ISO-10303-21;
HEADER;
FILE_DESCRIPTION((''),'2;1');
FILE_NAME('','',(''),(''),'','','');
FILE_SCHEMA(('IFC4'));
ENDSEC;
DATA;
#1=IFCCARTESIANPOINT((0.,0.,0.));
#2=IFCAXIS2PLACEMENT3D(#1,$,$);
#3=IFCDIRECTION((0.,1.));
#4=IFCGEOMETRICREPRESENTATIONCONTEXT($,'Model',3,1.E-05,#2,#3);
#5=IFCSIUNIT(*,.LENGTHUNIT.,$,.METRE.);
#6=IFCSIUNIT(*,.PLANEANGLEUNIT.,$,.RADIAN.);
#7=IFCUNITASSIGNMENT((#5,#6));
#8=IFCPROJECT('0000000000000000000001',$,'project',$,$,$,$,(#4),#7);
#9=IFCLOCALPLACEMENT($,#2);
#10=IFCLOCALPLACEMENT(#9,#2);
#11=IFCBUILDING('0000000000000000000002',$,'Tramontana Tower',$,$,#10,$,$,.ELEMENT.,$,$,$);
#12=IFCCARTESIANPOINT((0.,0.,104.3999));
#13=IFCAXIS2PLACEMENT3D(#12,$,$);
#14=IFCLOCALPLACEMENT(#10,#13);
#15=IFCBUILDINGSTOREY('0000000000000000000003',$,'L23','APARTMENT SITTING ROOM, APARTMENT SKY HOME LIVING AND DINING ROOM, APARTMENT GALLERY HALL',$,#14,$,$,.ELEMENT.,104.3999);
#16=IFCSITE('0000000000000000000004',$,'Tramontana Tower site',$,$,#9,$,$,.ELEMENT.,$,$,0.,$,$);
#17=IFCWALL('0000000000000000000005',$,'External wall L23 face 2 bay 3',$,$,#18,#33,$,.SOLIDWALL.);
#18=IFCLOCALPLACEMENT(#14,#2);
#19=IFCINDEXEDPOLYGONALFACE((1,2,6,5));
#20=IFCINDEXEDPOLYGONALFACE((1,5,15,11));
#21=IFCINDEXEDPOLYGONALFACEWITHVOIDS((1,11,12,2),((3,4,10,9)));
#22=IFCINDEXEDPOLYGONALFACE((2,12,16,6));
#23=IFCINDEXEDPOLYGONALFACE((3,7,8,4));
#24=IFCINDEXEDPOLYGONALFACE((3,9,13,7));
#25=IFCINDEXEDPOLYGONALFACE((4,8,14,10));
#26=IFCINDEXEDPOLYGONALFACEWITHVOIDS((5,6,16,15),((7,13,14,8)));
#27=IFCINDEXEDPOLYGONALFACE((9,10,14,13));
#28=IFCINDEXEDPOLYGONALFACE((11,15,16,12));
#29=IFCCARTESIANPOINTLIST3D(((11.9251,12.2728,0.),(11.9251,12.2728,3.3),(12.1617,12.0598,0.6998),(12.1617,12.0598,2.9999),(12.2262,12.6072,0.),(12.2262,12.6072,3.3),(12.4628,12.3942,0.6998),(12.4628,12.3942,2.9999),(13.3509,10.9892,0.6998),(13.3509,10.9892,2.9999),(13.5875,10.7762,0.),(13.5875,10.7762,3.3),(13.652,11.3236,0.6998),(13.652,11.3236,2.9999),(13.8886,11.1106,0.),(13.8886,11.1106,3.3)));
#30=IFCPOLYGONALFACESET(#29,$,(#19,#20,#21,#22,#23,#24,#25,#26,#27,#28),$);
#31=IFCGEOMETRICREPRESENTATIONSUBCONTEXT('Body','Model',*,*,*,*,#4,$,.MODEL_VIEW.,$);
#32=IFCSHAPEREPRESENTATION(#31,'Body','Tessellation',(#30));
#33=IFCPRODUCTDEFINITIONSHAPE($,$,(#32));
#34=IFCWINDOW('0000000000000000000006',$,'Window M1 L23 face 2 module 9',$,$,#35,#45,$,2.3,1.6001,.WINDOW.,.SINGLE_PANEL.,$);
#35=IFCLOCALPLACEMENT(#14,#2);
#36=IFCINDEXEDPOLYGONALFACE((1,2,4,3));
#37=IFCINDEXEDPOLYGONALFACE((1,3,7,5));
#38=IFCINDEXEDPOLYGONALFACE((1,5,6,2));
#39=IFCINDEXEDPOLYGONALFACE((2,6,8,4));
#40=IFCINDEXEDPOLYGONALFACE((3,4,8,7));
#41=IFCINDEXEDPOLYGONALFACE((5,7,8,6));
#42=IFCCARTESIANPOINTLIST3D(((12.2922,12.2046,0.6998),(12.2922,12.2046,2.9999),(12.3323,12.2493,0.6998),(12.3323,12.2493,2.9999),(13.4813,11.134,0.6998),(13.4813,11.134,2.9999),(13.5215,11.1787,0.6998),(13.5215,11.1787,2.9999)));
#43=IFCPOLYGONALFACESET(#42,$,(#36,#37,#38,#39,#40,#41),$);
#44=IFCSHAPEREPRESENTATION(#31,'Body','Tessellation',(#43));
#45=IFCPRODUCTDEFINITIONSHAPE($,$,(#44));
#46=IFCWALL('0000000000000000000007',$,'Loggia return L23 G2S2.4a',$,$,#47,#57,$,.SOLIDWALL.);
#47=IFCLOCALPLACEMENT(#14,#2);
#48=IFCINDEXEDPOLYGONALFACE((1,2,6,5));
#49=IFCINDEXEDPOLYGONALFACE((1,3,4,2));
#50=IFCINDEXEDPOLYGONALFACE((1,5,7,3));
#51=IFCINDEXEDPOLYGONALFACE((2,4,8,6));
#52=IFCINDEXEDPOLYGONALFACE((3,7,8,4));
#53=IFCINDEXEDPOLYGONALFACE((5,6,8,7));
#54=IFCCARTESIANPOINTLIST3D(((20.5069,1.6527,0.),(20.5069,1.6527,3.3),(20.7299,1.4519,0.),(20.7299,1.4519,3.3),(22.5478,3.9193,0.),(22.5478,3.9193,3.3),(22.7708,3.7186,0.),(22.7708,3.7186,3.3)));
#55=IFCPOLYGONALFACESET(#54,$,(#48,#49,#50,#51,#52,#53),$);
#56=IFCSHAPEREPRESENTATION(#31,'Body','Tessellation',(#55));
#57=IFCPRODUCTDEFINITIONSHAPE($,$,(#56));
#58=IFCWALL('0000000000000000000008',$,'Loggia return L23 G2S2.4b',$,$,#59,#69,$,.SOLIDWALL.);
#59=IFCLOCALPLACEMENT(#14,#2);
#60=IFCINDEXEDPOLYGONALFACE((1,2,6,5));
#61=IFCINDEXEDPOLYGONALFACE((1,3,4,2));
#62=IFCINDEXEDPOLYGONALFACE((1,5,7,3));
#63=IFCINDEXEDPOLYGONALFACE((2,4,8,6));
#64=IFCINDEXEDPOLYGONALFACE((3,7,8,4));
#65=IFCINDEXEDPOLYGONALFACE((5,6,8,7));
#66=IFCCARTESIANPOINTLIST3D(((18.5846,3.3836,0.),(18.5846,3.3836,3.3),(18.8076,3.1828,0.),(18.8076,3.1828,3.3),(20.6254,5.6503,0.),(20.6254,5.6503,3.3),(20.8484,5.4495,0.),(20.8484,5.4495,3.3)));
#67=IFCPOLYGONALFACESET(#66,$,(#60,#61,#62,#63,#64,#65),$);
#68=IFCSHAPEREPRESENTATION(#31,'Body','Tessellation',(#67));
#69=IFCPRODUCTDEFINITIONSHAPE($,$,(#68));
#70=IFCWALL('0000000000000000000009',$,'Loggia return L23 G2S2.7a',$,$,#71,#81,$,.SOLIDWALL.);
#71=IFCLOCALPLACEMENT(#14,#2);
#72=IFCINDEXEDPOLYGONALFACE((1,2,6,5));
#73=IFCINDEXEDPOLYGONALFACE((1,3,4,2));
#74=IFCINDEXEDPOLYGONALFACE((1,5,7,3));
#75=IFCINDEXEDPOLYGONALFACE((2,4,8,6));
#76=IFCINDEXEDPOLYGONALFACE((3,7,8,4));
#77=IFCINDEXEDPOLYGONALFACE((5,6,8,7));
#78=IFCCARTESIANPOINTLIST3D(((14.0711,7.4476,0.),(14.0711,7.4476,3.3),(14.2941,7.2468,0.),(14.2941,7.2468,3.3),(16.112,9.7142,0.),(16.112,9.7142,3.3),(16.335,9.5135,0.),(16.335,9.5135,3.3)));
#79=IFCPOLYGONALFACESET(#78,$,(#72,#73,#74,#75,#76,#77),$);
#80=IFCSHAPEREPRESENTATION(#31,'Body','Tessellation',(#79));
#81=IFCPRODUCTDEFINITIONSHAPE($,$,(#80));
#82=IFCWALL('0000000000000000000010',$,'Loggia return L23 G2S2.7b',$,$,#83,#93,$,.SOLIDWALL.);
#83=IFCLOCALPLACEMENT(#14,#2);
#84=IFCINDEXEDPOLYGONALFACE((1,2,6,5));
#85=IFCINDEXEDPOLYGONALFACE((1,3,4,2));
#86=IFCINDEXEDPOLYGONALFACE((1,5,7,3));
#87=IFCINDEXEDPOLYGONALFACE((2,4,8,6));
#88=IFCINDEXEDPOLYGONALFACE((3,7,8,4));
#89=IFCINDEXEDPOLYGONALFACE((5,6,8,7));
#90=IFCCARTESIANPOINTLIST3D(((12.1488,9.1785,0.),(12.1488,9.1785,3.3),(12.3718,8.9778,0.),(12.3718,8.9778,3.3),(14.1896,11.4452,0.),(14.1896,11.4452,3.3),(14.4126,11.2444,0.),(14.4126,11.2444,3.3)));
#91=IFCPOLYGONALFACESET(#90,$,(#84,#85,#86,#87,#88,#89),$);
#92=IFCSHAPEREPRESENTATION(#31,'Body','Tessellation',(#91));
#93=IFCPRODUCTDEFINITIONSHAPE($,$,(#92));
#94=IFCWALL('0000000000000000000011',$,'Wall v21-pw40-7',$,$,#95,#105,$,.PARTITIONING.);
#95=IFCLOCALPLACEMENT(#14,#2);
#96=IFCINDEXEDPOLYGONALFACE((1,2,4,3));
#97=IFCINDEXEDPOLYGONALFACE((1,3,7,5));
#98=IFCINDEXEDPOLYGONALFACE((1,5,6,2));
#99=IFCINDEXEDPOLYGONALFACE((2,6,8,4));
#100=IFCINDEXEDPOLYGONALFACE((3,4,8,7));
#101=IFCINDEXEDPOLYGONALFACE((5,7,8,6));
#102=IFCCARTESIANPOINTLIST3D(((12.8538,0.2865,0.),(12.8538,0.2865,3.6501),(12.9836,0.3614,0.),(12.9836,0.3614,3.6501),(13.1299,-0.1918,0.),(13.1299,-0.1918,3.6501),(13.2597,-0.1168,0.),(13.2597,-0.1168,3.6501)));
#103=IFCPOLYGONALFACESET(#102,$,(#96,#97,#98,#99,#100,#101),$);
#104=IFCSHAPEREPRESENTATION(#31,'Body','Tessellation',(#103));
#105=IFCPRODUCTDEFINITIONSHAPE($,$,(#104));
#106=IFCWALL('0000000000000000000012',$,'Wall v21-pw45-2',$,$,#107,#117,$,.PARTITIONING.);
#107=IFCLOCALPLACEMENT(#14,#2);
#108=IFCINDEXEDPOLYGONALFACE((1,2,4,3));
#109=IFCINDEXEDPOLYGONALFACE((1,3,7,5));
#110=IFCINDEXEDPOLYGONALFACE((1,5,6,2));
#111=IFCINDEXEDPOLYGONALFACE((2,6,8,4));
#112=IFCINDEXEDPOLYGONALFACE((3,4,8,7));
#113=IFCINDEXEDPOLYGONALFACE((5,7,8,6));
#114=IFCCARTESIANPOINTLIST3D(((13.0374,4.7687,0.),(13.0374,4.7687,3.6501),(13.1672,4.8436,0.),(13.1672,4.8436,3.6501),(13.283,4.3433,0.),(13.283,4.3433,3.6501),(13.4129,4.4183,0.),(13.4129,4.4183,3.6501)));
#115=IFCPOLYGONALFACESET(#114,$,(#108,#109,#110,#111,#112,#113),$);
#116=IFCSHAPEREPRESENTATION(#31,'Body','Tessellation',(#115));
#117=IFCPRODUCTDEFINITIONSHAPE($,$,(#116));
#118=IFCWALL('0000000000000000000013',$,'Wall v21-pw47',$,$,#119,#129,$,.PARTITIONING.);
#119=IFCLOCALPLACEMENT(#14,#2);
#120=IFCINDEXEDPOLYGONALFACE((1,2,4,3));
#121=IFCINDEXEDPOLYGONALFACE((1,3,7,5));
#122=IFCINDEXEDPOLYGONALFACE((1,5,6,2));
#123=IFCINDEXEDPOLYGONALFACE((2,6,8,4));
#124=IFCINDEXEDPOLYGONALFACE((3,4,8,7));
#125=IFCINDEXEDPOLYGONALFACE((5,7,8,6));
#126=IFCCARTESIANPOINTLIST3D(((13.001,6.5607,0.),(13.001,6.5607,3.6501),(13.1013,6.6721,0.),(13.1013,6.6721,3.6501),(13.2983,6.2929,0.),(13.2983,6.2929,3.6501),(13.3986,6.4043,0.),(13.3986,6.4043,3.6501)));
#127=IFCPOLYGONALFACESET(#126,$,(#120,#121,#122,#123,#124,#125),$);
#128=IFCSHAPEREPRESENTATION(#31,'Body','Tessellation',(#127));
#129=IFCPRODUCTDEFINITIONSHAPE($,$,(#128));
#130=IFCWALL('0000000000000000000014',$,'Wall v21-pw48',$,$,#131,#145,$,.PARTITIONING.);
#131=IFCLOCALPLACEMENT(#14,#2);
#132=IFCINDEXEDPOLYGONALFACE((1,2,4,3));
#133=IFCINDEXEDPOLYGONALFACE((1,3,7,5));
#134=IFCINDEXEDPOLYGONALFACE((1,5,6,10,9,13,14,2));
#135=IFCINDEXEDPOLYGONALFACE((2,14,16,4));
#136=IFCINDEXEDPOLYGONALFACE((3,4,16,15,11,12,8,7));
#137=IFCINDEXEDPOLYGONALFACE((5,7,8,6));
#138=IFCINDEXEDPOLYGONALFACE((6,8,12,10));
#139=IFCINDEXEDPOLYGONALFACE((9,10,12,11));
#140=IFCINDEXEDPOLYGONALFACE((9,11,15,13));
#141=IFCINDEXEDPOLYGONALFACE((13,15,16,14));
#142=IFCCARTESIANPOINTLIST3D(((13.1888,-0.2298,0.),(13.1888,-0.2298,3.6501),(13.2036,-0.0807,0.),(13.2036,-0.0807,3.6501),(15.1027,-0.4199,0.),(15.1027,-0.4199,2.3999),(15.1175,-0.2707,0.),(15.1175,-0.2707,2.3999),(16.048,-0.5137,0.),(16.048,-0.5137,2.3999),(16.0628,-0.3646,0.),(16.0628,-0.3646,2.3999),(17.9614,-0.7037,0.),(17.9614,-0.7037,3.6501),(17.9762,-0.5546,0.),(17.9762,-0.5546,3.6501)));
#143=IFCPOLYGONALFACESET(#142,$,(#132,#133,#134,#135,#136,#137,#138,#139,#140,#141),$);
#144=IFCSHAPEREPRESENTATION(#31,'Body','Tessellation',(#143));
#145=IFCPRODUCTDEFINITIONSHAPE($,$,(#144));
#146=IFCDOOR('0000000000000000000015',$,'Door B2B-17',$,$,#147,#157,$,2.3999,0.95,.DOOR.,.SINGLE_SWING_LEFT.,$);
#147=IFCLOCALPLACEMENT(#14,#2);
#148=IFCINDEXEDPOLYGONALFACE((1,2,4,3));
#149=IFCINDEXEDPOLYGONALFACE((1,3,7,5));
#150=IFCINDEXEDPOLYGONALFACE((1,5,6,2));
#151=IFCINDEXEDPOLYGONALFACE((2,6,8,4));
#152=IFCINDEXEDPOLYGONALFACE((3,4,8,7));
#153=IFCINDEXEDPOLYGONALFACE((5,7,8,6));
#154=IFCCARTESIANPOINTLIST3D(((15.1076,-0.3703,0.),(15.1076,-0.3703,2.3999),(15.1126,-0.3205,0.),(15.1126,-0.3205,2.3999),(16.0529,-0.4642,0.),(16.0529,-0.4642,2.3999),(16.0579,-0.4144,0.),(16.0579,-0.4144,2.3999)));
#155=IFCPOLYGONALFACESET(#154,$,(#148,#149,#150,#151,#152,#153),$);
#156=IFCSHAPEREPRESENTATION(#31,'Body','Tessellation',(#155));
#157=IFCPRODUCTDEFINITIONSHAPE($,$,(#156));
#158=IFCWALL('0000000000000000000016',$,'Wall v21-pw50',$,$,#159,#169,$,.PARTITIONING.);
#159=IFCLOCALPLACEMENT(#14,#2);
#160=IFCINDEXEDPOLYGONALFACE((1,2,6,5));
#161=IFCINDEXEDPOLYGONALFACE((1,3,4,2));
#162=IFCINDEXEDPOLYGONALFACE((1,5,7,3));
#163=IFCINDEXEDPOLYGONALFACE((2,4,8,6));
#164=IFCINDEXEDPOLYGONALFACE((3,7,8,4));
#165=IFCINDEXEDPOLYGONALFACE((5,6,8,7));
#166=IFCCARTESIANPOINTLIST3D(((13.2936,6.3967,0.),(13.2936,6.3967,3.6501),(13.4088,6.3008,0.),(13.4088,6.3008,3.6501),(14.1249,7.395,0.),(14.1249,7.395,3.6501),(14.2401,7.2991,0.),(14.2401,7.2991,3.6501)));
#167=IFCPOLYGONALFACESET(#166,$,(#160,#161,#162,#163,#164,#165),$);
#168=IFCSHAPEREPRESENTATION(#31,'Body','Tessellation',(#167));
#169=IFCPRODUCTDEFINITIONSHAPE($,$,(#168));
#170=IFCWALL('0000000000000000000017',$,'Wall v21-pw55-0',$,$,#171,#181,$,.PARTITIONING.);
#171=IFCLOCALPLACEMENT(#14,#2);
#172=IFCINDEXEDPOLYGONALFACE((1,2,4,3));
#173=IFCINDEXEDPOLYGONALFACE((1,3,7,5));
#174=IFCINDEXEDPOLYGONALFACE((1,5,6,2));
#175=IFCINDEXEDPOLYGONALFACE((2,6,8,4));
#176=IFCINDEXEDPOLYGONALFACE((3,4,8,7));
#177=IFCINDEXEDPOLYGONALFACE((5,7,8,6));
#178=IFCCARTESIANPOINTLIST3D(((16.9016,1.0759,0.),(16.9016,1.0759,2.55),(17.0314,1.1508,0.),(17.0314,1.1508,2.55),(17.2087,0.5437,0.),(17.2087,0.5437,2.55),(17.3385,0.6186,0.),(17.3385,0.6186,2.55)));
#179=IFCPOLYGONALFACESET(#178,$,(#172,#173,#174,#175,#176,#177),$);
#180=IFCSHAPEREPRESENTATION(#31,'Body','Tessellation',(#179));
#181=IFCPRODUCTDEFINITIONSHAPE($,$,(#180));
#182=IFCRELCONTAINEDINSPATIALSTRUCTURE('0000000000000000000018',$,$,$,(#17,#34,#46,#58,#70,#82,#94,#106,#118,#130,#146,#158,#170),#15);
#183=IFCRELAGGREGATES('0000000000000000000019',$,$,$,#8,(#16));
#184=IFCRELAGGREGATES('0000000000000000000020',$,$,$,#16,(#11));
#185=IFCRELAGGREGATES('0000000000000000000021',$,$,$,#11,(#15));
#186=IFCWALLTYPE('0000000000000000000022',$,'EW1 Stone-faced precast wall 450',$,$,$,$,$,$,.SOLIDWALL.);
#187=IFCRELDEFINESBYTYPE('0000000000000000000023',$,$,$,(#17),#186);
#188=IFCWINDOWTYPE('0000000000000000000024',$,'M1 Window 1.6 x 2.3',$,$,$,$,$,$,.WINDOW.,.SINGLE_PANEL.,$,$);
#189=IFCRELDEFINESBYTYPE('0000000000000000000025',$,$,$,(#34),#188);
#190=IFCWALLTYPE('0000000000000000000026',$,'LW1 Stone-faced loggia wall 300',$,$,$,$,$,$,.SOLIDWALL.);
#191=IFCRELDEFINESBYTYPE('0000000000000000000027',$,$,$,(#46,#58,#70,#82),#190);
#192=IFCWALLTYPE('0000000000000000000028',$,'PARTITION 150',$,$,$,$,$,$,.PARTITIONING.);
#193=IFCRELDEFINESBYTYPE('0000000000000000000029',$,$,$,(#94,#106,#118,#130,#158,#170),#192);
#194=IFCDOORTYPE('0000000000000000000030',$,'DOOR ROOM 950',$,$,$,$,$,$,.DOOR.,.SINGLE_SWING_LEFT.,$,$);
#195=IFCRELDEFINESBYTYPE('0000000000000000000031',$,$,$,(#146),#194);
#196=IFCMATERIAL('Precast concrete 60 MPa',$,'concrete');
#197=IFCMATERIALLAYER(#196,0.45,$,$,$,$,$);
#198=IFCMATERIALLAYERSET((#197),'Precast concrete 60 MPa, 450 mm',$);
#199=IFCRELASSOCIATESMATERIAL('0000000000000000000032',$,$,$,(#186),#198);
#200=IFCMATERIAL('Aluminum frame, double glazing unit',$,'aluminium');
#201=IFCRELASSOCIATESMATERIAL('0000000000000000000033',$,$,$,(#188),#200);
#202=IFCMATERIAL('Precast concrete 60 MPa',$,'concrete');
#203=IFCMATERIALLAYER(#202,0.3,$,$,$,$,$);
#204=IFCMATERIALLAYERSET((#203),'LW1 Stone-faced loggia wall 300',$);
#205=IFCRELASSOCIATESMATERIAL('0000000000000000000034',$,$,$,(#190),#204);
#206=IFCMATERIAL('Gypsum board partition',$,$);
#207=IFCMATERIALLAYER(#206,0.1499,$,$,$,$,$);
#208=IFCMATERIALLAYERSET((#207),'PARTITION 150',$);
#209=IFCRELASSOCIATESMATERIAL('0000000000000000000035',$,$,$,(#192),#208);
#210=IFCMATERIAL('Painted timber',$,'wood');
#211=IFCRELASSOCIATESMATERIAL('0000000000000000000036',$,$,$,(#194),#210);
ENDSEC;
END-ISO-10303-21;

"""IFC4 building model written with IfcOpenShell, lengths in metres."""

from ifc_helpers import new_model, si_unit, direction, frame, frame_2d, origin, place, context, subcontext, project, spatial, rectangle, extrude, material, layer, layer_set, type_object, element, fill, save


model = new_model("IFC4")

# Units and contexts
model_context = context("Model", 3, precision=1e-05, world=origin(), true_north=direction((0.0, 1.0)))
body_context = subcontext(model_context, "Body", "Model", "MODEL_VIEW")
ifc_project = project(units=[si_unit("LENGTHUNIT", "METRE"), si_unit("PLANEANGLEUNIT", "RADIAN")], contexts=[model_context])

# Site, building, storey
site_placement = place(None, origin())
site = spatial("IfcSite", under=ifc_project, at=site_placement, Name="Tramontana Tower site", CompositionType="ELEMENT", RefElevation=0.0)
building_placement = place(site_placement, origin())
building = spatial("IfcBuilding", under=site, at=building_placement, Name="Tramontana Tower", CompositionType="ELEMENT")
storey_placement = place(building_placement, frame((0.0, 0.0, 104.3999)))
storey = spatial("IfcBuildingStorey", under=building, at=storey_placement, Name="L23", Description="APARTMENT SITTING ROOM, APARTMENT SKY HOME LIVING AND DINING ROOM, APARTMENT GALLERY HALL", CompositionType="ELEMENT", Elevation=104.3999)

# Wall, opening, window
ifc_material_1 = material(Name="Precast concrete 60 MPa", Category="concrete")
ifc_layer_1 = layer(ifc_material_1, 0.45)
ifc_layer_set_1 = layer_set([ifc_layer_1], Name="Precast concrete 60 MPa, 450 mm")
wall_type_1 = type_object("IfcWallType", Name="EW1 Stone-faced precast wall 450", PredefinedType="SOLIDWALL", material=ifc_layer_set_1)
ifc_material_2 = material(Name="Aluminum frame, double glazing unit", Category="aluminium")
window_type_1 = type_object("IfcWindowType", Name="M1 Window 1.6 x 2.3", PartitioningType="SINGLE_PANEL", PredefinedType="WINDOW", material=ifc_material_2)
wall_1_placement = place(storey_placement, frame((13.738, 10.9434, 0.0), z_axis=(0.0, 0.0, 1.0), x_axis=(-0.743191, 0.669079, 0.0)))
wall_1 = element("IfcWall", 1, at=wall_1_placement, inside=storey, type_object=wall_type_1, Name="External wall L23 face 2 bay 3", PredefinedType="SOLIDWALL", context=body_context, shape_type="SweptSolid", body=[
    extrude(rectangle(XDim=2.2368, YDim=0.45, at=frame_2d((1.1184, 0.0))), origin(), (0.0, 0.0, 1.0), 3.3),
])
opening_1_placement = place(wall_1_placement, frame((0.3184, 0.0, 0.7)))
opening_1 = element("IfcOpeningElement", 2, at=opening_1_placement, cuts=wall_1, PredefinedType="OPENING", context=body_context, shape_type="SweptSolid", body=[
    extrude(rectangle(XDim=1.6001, YDim=2.3, at=frame_2d((0.8, 1.1499))), frame((0.0, 0.2349, 0.0), z_axis=(0.0, -1.0, 0.0), x_axis=(1.0, 0.0, 0.0)), (0.0, 0.0, 1.0), 0.47),
])
window_1_placement = place(opening_1_placement, origin())
window_1 = element("IfcWindow", 3, at=window_1_placement, inside=storey, type_object=window_type_1, Name="Window M1 L23 face 2 module 9", OverallHeight=2.3, OverallWidth=1.6001, PartitioningType="SINGLE_PANEL", PredefinedType="WINDOW", context=body_context, shape_type="SweptSolid", body=[
    extrude(rectangle(XDim=1.6001, YDim=2.3, at=frame_2d((0.8, 1.1499))), frame((0.0, 0.03, 0.0), z_axis=(0.0, -1.0, 0.0), x_axis=(1.0, 0.0, 0.0)), (0.0, 0.0, 1.0), 0.0601),
])
fill(opening_1, window_1)

# Shared definitions
ifc_material_3 = material(Name="Precast concrete 60 MPa", Category="concrete")
ifc_layer_2 = layer(ifc_material_3, 0.3)
ifc_layer_set_2 = layer_set([ifc_layer_2], Name="LW1 Stone-faced loggia wall 300")
wall_type_2 = type_object("IfcWallType", Name="LW1 Stone-faced loggia wall 300", PredefinedType="SOLIDWALL", material=ifc_layer_set_2)

# Walls
for number, where, z_axis, x_axis, name in (
    (4, (22.6592, 3.8188, 0.0), (0.0, 0.0, 1.0), (-0.669115, -0.743159, 0.0), "Loggia return L23 G2S2.4a"),
    (5, (20.7368, 5.5498, 0.0), (0.0, 0.0, 1.0), (-0.669115, -0.743159, 0.0), "Loggia return L23 G2S2.4b"),
):
    element("IfcWall", number, at=place(storey_placement, frame(where, z_axis=z_axis, x_axis=x_axis)), inside=storey, type_object=wall_type_2, Name=name, PredefinedType="SOLIDWALL", context=body_context, shape_type="SweptSolid", body=[
        extrude(rectangle(XDim=3.05, YDim=0.3, at=frame_2d((1.5249, 0.0))), origin(), (0.0, 0.0, 1.0), 3.3),
    ])

# Walls
for number, where, z_axis, x_axis, name in (
    (6, (16.2234, 9.6138, 0.0), (0.0, 0.0, 1.0), (-0.669115, -0.743159, 0.0), "Loggia return L23 G2S2.7a"),
    (7, (14.301, 11.3447, 0.0), (0.0, 0.0, 1.0), (-0.669115, -0.743159, 0.0), "Loggia return L23 G2S2.7b"),
):
    element("IfcWall", number, at=place(storey_placement, frame(where, z_axis=z_axis, x_axis=x_axis)), inside=storey, type_object=wall_type_2, Name=name, PredefinedType="SOLIDWALL", context=body_context, shape_type="SweptSolid", body=[
        extrude(rectangle(XDim=3.05, YDim=0.3, at=frame_2d((1.5249, 0.0))), origin(), (0.0, 0.0, 1.0), 3.3),
    ])
ifc_material_4 = material(Name="Gypsum board partition")
ifc_layer_3 = layer(ifc_material_4, 0.1499)
ifc_layer_set_3 = layer_set([ifc_layer_3], Name="PARTITION 150")
wall_type_3 = type_object("IfcWallType", Name="PARTITION 150", PredefinedType="PARTITIONING", material=ifc_layer_set_3)
wall_2_placement = place(storey_placement, frame((12.9187, 0.324, 0.0), z_axis=(0.0, 0.0, 1.0), x_axis=(0.49999, -0.866031, 0.0)))
element("IfcWall", 8, at=wall_2_placement, inside=storey, type_object=wall_type_3, Name="Wall v21-pw40-7", PredefinedType="PARTITIONING", context=body_context, shape_type="SweptSolid", body=[
    extrude(rectangle(XDim=0.5522, YDim=0.1499, at=frame_2d((0.2761, 0.0))), origin(), (0.0, 0.0, 1.0), 3.6501),
])
wall_3_placement = place(storey_placement, frame((13.1023, 4.8062, 0.0), z_axis=(0.0, 0.0, 1.0), x_axis=(0.500095, -0.86597, 0.0)))
element("IfcWall", 9, at=wall_3_placement, inside=storey, type_object=wall_type_3, Name="Wall v21-pw45-2", PredefinedType="PARTITIONING", context=body_context, shape_type="SweptSolid", body=[
    extrude(rectangle(XDim=0.4912, YDim=0.1499, at=frame_2d((0.2456, 0.0))), origin(), (0.0, 0.0, 1.0), 3.6501),
])
wall_4_placement = place(storey_placement, frame((13.051, 6.6165, 0.0), z_axis=(0.0, 0.0, 1.0), x_axis=(0.743051, -0.669234, 0.0)))
element("IfcWall", 10, at=wall_4_placement, inside=storey, type_object=wall_type_3, Name="Wall v21-pw47", PredefinedType="PARTITIONING", context=body_context, shape_type="SweptSolid", body=[
    extrude(rectangle(XDim=0.4001, YDim=0.1499, at=frame_2d((0.2002, 0.0))), origin(), (0.0, 0.0, 1.0), 3.6501),
])

# Wall, opening, door
wall_5_placement = place(storey_placement, frame((13.1963, -0.1553, 0.0), z_axis=(0.0, 0.0, 1.0), x_axis=(0.995107, -0.098803, 0.0)))
wall_5 = element("IfcWall", 11, at=wall_5_placement, inside=storey, type_object=wall_type_3, Name="Wall v21-pw48", PredefinedType="PARTITIONING", context=body_context, shape_type="SweptSolid", body=[
    extrude(rectangle(XDim=4.7961, YDim=0.1499, at=frame_2d((2.3979, 0.0))), origin(), (0.0, 0.0, 1.0), 3.6501),
])
opening_2_placement = place(wall_5_placement, frame((1.9231, 0.0, 0.0)))
opening_2 = element("IfcOpeningElement", 12, at=opening_2_placement, cuts=wall_5, PredefinedType="OPENING", context=body_context, shape_type="SweptSolid", body=[
    extrude(rectangle(XDim=0.95, YDim=2.3999, at=frame_2d((0.4751, 1.2))), frame((0.0, 0.085, 0.0), z_axis=(0.0, -1.0, 0.0), x_axis=(1.0, 0.0, 0.0)), (0.0, 0.0, 1.0), 0.1699),
])
ifc_material_5 = material(Name="Painted timber", Category="wood")
door_type_1 = type_object("IfcDoorType", Name="DOOR ROOM 950", OperationType="SINGLE_SWING_LEFT", PredefinedType="DOOR", material=ifc_material_5)
door_1_placement = place(opening_2_placement, origin())
door_1 = element("IfcDoor", 13, at=door_1_placement, inside=storey, type_object=door_type_1, Name="Door B2B-17", OperationType="SINGLE_SWING_LEFT", OverallHeight=2.3999, OverallWidth=0.95, PredefinedType="DOOR", context=body_context, shape_type="SweptSolid", body=[
    extrude(rectangle(XDim=0.95, YDim=2.3999, at=frame_2d((0.4751, 1.2))), frame((0.0, 0.0249, 0.0), z_axis=(0.0, -1.0, 0.0), x_axis=(1.0, 0.0, 0.0)), (0.0, 0.0, 1.0), 0.05),
])
fill(opening_2, door_1)

# Walls
wall_6_placement = place(storey_placement, frame((13.3513, 6.3489, 0.0), z_axis=(0.0, 0.0, 1.0), x_axis=(0.639907, 0.768452, 0.0)))
element("IfcWall", 14, at=wall_6_placement, inside=storey, type_object=wall_type_3, Name="Wall v21-pw50", PredefinedType="PARTITIONING", context=body_context, shape_type="SweptSolid", body=[
    extrude(rectangle(XDim=1.2991, YDim=0.1499, at=frame_2d((0.6494, 0.0))), origin(), (0.0, 0.0, 1.0), 3.6501),
])
wall_7_placement = place(storey_placement, frame((16.9666, 1.1133, 0.0), z_axis=(0.0, 0.0, 1.0), x_axis=(0.499814, -0.866133, 0.0)))
element("IfcWall", 15, at=wall_7_placement, inside=storey, type_object=wall_type_3, Name="Wall v21-pw55-0", PredefinedType="PARTITIONING", context=body_context, shape_type="SweptSolid", body=[
    extrude(rectangle(XDim=0.6145, YDim=0.1499, at=frame_2d((0.3071, 0.0))), origin(), (0.0, 0.0, 1.0), 2.55),
])

save(model, "model.ifc")
